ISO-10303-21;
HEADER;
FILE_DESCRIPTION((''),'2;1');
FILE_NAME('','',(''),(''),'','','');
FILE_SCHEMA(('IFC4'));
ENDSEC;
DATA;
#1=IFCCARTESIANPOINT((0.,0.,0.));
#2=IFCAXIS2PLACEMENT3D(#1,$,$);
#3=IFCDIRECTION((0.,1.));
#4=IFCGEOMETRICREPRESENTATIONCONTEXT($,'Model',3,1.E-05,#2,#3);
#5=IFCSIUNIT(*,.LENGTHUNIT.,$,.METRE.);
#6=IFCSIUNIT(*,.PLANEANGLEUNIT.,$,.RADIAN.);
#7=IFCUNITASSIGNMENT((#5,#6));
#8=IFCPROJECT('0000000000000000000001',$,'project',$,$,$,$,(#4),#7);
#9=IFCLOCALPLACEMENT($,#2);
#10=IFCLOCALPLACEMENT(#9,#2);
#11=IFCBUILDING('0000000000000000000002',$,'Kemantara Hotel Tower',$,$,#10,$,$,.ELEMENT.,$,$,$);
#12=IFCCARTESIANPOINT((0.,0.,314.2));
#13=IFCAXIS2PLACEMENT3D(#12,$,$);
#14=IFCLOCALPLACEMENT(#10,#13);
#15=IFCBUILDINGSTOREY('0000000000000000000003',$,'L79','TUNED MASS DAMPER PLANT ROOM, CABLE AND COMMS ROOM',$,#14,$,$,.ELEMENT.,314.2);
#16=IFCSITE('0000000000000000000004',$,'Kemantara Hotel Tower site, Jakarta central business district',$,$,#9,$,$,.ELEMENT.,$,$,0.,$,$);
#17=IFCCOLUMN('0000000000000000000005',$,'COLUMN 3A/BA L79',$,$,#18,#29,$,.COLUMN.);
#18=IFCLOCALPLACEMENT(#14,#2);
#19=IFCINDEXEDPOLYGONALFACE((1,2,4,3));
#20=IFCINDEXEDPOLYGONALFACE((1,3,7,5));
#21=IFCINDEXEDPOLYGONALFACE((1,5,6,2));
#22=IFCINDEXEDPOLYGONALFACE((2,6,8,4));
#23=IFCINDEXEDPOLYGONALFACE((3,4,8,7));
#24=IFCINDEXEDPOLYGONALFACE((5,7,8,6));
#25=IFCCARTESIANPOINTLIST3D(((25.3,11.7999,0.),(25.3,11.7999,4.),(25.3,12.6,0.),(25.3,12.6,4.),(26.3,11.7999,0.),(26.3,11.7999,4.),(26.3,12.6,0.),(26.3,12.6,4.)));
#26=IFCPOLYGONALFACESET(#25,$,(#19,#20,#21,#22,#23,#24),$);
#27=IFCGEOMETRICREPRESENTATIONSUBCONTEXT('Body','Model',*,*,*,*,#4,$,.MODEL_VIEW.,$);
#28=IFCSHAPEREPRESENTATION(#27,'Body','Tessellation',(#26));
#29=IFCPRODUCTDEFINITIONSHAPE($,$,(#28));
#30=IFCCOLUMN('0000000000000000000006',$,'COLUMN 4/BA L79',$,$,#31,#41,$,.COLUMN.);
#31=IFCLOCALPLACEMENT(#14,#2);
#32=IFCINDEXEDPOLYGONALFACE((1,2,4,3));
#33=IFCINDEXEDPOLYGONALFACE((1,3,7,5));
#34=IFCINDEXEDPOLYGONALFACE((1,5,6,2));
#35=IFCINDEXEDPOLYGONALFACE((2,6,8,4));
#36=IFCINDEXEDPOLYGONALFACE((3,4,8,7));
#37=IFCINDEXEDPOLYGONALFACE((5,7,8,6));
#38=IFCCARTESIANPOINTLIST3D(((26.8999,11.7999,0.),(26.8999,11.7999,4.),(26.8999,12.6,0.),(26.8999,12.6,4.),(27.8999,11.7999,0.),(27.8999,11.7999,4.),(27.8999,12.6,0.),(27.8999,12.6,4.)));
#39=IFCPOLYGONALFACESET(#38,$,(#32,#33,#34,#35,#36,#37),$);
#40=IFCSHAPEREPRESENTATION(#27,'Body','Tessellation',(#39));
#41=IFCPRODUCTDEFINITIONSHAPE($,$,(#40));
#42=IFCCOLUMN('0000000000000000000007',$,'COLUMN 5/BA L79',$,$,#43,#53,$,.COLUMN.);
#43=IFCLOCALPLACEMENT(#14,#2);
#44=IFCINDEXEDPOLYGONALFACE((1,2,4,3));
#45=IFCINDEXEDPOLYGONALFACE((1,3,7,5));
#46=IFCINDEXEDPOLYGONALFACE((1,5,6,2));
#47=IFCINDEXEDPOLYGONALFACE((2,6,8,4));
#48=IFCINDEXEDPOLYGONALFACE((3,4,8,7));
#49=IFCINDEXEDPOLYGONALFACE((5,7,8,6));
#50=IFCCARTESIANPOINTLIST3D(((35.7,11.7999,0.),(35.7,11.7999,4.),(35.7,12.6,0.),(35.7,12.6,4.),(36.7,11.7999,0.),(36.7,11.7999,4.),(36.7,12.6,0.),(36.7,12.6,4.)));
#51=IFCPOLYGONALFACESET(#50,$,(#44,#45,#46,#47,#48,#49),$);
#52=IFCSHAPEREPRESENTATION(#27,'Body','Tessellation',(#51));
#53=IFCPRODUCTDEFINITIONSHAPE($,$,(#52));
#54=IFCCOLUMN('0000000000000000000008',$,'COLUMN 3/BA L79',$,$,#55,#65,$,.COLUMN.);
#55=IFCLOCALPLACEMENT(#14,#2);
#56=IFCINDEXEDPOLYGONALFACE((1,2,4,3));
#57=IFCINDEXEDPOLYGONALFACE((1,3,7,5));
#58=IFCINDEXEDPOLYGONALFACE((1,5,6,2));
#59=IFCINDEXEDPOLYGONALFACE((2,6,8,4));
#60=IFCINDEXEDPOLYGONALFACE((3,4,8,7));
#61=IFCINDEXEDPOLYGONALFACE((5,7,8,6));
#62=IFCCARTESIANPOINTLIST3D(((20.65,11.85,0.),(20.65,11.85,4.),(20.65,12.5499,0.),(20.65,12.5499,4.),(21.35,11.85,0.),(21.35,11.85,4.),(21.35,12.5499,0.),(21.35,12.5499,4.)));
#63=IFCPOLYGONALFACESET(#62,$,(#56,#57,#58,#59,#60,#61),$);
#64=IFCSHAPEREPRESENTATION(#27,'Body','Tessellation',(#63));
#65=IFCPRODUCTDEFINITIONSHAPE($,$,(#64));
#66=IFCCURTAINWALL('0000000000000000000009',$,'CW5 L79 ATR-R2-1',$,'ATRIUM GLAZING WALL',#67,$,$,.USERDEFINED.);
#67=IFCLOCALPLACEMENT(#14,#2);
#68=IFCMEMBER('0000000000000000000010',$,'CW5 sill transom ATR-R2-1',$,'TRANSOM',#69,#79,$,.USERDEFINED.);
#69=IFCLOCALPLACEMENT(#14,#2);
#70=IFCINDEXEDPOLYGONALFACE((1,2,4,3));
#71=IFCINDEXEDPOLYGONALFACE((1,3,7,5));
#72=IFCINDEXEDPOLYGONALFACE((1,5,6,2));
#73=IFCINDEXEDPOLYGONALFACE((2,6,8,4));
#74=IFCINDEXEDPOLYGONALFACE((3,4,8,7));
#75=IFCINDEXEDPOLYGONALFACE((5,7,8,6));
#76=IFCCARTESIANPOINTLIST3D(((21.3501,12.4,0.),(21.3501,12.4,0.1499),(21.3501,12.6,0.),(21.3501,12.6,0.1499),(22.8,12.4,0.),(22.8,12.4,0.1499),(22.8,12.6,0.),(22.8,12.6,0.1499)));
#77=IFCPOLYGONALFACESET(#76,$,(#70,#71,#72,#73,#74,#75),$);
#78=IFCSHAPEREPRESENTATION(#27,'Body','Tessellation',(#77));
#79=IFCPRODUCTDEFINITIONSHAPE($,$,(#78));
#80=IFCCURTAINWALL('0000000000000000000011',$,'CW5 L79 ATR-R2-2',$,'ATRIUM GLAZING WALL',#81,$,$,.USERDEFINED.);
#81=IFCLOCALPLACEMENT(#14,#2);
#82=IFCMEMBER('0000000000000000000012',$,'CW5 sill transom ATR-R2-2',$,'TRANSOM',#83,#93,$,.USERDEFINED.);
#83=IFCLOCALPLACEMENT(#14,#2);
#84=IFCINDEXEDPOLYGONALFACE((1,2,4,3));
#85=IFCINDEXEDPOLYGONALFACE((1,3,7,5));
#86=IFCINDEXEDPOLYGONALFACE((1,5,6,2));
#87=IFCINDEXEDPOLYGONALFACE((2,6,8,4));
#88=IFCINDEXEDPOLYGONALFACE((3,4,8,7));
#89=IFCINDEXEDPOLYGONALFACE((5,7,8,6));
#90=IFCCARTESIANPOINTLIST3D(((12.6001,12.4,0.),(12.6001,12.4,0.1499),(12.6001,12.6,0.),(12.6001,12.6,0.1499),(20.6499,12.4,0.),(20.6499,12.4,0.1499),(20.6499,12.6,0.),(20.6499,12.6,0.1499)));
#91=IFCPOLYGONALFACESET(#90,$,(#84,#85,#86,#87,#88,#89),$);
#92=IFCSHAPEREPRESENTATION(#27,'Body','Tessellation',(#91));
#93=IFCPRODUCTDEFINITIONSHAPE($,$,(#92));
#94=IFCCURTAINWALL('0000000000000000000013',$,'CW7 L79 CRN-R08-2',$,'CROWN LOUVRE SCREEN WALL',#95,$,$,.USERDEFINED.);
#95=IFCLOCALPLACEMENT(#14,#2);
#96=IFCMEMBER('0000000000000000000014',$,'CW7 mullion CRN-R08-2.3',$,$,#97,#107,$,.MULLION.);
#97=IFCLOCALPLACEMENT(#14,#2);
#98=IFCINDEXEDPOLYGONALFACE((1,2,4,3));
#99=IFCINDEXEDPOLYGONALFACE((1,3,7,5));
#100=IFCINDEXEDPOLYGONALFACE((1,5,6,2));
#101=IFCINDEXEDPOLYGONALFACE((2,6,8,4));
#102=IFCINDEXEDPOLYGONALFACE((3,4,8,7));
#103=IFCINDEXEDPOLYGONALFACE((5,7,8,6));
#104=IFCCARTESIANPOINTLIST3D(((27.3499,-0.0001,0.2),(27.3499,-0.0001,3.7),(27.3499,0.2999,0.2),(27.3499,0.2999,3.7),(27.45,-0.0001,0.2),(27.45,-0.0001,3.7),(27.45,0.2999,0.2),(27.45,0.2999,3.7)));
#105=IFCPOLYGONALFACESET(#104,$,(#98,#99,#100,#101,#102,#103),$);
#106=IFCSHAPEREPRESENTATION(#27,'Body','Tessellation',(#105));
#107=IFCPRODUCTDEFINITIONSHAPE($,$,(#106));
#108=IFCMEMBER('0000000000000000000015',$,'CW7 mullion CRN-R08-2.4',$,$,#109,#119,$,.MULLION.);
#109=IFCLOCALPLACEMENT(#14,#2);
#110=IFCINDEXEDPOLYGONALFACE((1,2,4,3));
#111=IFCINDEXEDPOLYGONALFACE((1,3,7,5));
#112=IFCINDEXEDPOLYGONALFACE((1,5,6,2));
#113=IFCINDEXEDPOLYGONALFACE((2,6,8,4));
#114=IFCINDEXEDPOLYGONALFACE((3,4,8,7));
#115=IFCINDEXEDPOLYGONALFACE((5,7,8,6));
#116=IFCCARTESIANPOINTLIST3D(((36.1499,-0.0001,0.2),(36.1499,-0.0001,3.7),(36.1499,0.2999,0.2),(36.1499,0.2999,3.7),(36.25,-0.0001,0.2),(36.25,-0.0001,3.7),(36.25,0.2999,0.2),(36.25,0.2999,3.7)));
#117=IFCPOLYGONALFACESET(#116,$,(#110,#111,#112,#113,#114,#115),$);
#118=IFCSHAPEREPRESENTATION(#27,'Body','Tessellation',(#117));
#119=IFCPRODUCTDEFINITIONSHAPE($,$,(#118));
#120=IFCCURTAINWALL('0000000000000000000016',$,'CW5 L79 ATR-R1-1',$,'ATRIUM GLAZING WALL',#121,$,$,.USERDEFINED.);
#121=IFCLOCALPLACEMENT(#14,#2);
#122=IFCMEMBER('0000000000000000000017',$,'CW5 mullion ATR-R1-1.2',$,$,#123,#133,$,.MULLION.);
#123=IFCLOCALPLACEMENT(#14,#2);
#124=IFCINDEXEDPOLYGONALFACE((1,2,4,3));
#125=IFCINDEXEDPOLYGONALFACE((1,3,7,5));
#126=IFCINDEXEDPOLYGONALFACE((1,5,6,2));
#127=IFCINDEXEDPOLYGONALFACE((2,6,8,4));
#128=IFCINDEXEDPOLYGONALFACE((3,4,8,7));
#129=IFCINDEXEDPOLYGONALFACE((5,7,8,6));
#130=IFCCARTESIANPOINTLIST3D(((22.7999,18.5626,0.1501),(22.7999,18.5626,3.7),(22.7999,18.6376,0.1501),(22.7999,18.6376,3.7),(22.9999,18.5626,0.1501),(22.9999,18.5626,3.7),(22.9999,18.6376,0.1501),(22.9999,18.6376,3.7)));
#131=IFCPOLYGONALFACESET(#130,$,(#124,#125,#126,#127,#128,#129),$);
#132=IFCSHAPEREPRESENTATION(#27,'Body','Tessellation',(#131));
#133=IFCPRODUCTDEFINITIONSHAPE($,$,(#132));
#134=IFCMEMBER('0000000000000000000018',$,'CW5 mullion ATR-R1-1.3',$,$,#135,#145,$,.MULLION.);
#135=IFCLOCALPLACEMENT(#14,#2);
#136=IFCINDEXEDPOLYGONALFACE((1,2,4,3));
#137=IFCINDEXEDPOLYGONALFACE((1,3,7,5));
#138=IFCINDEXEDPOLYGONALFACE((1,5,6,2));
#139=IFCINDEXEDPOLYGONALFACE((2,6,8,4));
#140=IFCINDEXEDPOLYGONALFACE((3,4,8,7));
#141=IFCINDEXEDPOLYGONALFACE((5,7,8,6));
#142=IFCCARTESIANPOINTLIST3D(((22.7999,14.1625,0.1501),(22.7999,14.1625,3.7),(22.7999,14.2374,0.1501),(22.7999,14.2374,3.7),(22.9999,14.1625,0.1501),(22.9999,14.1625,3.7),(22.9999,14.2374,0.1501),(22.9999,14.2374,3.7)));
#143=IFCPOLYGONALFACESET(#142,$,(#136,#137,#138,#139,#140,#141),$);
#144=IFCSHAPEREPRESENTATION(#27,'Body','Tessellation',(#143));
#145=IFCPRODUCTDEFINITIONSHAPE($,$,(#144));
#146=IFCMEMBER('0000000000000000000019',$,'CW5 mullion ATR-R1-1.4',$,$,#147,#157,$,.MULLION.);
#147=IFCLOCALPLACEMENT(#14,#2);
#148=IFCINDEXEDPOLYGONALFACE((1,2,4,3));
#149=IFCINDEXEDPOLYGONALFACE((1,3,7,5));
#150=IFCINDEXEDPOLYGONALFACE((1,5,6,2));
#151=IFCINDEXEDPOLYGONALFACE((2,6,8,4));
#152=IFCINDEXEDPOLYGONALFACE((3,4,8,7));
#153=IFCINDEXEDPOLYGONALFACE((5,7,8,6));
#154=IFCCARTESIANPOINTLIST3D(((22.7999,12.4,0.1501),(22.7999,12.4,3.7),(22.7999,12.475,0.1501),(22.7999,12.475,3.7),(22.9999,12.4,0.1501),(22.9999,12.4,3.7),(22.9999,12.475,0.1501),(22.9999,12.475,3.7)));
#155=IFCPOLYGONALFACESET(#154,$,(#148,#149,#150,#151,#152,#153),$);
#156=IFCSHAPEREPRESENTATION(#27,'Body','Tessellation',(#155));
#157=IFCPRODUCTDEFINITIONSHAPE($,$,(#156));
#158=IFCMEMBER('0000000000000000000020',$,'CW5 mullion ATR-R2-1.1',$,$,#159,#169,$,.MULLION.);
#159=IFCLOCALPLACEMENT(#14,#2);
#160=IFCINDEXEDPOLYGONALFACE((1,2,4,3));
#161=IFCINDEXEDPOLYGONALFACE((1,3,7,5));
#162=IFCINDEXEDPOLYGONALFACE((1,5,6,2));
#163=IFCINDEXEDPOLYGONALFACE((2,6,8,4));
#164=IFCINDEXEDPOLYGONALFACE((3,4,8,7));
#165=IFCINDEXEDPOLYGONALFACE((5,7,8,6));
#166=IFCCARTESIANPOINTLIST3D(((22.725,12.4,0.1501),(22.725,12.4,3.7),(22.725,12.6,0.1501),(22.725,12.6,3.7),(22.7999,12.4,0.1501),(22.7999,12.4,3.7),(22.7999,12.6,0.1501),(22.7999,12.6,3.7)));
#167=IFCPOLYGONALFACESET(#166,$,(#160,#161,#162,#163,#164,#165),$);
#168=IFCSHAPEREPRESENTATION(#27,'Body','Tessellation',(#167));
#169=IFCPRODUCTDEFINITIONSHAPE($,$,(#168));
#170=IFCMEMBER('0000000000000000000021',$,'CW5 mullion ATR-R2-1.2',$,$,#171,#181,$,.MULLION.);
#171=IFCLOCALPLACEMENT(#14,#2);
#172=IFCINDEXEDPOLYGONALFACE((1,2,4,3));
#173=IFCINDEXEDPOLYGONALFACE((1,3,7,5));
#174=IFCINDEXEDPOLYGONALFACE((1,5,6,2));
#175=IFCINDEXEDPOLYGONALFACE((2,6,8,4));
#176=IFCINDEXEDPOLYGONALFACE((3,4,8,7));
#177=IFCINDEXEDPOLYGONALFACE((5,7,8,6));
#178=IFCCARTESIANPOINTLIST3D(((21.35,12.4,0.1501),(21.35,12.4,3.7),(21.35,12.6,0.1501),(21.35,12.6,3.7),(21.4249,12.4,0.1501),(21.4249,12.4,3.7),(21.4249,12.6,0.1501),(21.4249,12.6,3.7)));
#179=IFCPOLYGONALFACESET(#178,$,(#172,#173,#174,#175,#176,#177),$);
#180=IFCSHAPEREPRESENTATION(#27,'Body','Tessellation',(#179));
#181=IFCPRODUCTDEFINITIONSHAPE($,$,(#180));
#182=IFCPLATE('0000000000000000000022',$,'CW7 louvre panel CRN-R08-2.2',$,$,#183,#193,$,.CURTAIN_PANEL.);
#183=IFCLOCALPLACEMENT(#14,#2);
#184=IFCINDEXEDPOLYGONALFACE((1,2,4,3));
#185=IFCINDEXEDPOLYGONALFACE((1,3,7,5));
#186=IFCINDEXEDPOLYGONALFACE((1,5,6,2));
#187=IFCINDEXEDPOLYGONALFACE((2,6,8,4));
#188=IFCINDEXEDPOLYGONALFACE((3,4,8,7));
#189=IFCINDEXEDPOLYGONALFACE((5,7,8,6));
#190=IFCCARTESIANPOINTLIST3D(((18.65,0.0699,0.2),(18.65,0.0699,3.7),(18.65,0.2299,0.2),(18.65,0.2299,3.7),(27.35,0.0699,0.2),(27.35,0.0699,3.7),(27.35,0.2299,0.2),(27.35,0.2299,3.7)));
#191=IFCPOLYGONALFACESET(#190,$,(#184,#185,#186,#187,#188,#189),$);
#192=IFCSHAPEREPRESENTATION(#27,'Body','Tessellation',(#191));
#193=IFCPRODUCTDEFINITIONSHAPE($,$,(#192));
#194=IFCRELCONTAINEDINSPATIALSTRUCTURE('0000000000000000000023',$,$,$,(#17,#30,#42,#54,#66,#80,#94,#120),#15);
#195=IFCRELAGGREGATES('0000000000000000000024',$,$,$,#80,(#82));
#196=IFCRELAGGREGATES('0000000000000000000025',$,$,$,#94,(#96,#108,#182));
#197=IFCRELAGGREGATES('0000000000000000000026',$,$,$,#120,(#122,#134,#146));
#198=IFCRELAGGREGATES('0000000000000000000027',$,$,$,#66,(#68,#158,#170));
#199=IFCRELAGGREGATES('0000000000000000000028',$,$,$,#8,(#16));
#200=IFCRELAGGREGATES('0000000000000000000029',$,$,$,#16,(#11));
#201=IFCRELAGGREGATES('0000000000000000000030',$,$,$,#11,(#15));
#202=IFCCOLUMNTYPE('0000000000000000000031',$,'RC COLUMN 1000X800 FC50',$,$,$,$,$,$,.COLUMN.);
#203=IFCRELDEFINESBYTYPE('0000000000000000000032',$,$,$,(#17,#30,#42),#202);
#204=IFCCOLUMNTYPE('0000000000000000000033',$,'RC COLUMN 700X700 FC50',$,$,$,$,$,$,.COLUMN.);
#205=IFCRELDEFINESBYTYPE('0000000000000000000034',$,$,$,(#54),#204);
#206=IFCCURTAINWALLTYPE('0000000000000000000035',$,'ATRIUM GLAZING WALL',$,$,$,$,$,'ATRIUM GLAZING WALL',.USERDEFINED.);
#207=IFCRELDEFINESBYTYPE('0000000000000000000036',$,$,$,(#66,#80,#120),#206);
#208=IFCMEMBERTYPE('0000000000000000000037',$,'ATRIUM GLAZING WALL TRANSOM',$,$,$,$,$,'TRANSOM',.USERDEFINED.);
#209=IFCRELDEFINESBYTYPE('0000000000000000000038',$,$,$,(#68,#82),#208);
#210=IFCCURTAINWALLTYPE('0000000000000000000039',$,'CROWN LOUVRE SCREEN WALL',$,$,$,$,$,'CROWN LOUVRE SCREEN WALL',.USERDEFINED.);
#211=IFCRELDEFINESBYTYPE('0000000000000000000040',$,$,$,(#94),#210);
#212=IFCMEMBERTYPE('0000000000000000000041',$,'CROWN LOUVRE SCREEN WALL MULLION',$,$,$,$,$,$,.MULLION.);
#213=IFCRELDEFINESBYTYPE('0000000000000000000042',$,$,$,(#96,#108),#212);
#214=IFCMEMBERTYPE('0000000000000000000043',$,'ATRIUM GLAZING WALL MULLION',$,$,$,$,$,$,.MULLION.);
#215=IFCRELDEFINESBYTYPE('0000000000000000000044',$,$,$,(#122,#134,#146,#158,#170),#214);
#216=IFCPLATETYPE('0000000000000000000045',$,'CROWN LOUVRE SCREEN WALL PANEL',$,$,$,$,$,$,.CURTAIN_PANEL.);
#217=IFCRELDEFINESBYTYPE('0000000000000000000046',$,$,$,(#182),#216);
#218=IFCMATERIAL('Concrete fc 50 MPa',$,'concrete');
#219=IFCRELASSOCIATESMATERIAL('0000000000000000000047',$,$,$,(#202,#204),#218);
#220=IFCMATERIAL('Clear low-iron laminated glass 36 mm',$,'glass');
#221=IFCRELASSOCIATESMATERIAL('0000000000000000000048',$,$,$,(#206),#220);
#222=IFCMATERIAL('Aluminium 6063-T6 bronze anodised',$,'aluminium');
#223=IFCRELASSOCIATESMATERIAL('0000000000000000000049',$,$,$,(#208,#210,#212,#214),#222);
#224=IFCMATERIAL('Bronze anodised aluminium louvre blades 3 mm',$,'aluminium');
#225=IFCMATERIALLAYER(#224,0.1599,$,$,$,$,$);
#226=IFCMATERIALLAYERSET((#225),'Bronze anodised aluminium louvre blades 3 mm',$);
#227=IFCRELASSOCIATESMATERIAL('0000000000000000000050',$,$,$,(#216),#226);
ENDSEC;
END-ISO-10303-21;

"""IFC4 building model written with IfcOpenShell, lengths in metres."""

from ifc_helpers import new_model, si_unit, direction, frame, origin, origin_2d, place, context, subcontext, project, spatial, rectangle, extrude, source, transform, mapped, material, layer, layer_set, material_profile, profile_set, type_object, element, aggregate, save


model = new_model("IFC4")

# Units and contexts
model_context = context("Model", 3, precision=1e-05, world=origin(), true_north=direction((0.0, 1.0)))
body_context = subcontext(model_context, "Body", "Model", "MODEL_VIEW")
ifc_project = project(units=[si_unit("LENGTHUNIT", "METRE"), si_unit("PLANEANGLEUNIT", "RADIAN")], contexts=[model_context])

# Site, building, storey
site_placement = place(None, origin())
site = spatial("IfcSite", under=ifc_project, at=site_placement, Name="Kemantara Hotel Tower site, Jakarta central business district", CompositionType="ELEMENT", RefElevation=0.0)
building_placement = place(site_placement, origin())
building = spatial("IfcBuilding", under=site, at=building_placement, Name="Kemantara Hotel Tower", CompositionType="ELEMENT")
storey_placement = place(building_placement, frame((0.0, 0.0, 314.2)))
storey = spatial("IfcBuildingStorey", under=building, at=storey_placement, Name="L79", Description="TUNED MASS DAMPER PLANT ROOM, CABLE AND COMMS ROOM", CompositionType="ELEMENT", Elevation=314.2)

# Columns
ifc_material_1 = material(Name="Concrete fc 50 MPa", Category="concrete")
ifc_material_profile_1 = material_profile(ifc_material_1, rectangle(XDim=1.0, YDim=0.8, at=origin_2d()), Name="RC 1000X800")
ifc_profile_set_1 = profile_set([ifc_material_profile_1], Name="Concrete fc 50 MPa")
column_type_1 = type_object("IfcColumnType", Name="RC COLUMN 1000X800 FC50", PredefinedType="COLUMN", material=ifc_profile_set_1)
for number, where, z_axis, x_axis, name in (
    (1, (25.8, 12.2, 0.0), (0.0, 0.0, 1.0), (1.0, 0.0, 0.0), "COLUMN 3A/BA L79"),
    (2, (27.3999, 12.2, 0.0), (0.0, 0.0, 1.0), (1.0, 0.0, 0.0), "COLUMN 4/BA L79"),
    (3, (36.2, 12.2, 0.0), (0.0, 0.0, 1.0), (1.0, 0.0, 0.0), "COLUMN 5/BA L79"),
):
    element("IfcColumn", number, at=place(storey_placement, frame(where, z_axis=z_axis, x_axis=x_axis)), inside=storey, type_object=column_type_1, Name=name, PredefinedType="COLUMN", context=body_context, shape_type="SweptSolid", body=[
        extrude(rectangle(XDim=1.0, YDim=0.8, at=origin_2d()), origin(), (0.0, 0.0, 1.0), 4.0),
    ])
ifc_material_profile_2 = material_profile(ifc_material_1, rectangle(XDim=0.7, YDim=0.7, at=origin_2d()), Name="RC 700X700")
ifc_profile_set_2 = profile_set([ifc_material_profile_2], Name="Concrete fc 50 MPa")
column_type_2 = type_object("IfcColumnType", Name="RC COLUMN 700X700 FC50", PredefinedType="COLUMN", material=ifc_profile_set_2)
column_placement = place(storey_placement, frame((21.0, 12.2, 0.0), z_axis=(0.0, 0.0, 1.0), x_axis=(1.0, 0.0, 0.0)))
element("IfcColumn", 4, at=column_placement, inside=storey, type_object=column_type_2, Name="COLUMN 3/BA L79", PredefinedType="COLUMN", context=body_context, shape_type="SweptSolid", body=[
    extrude(rectangle(XDim=0.7, YDim=0.7, at=origin_2d()), origin(), (0.0, 0.0, 1.0), 4.0),
])

# Curtain walls, members
ifc_material_2 = material(Name="Clear low-iron laminated glass 36 mm", Category="glass")
curtain_wall_type_1 = type_object("IfcCurtainWallType", Name="ATRIUM GLAZING WALL", ElementType="ATRIUM GLAZING WALL", PredefinedType="USERDEFINED", material=ifc_material_2)
curtain_wall_1_placement = place(storey_placement, origin())
curtain_wall_1 = element("IfcCurtainWall", 5, at=curtain_wall_1_placement, inside=storey, type_object=curtain_wall_type_1, Name="CW5 L79 ATR-R2-1", ObjectType="ATRIUM GLAZING WALL", PredefinedType="USERDEFINED")
ifc_material_3 = material(Name="Aluminium 6063-T6 bronze anodised", Category="aluminium")
ifc_material_profile_3 = material_profile(ifc_material_3, rectangle(XDim=0.2, YDim=0.1499, at=origin_2d()), Name="ATRIUM GLAZING WALL TRANSOM")
ifc_profile_set_3 = profile_set([ifc_material_profile_3], Name="Aluminium 6063-T6 bronze anodised")
member_type_1 = type_object("IfcMemberType", Name="ATRIUM GLAZING WALL TRANSOM", ElementType="TRANSOM", PredefinedType="USERDEFINED", material=ifc_profile_set_3)
member_1_placement = place(storey_placement, frame((22.8, 12.5, 0.075), z_axis=(-1.0, 0.0, 0.0), x_axis=(0.0, -1.0, 0.0)))
member_1 = element("IfcMember", 6, at=member_1_placement, type_object=member_type_1, Name="CW5 sill transom ATR-R2-1", ObjectType="TRANSOM", PredefinedType="USERDEFINED", context=body_context, shape_type="SweptSolid", body=[
    extrude(rectangle(XDim=0.2, YDim=0.1499, at=origin_2d()), origin(), (0.0, 0.0, 1.0), 1.45),
])
curtain_wall_2_placement = place(storey_placement, origin())
curtain_wall_2 = element("IfcCurtainWall", 7, at=curtain_wall_2_placement, inside=storey, type_object=curtain_wall_type_1, Name="CW5 L79 ATR-R2-2", ObjectType="ATRIUM GLAZING WALL", PredefinedType="USERDEFINED")
member_2_placement = place(storey_placement, frame((20.6499, 12.5, 0.075), z_axis=(-1.0, 0.0, 0.0), x_axis=(0.0, -1.0, 0.0)))
member_2 = element("IfcMember", 8, at=member_2_placement, type_object=member_type_1, Name="CW5 sill transom ATR-R2-2", ObjectType="TRANSOM", PredefinedType="USERDEFINED", context=body_context, shape_type="SweptSolid", body=[
    extrude(rectangle(XDim=0.2, YDim=0.1499, at=origin_2d()), origin(), (0.0, 0.0, 1.0), 8.0498),
])
aggregate(curtain_wall_2, [member_2])

# Curtain walls, members
curtain_wall_type_2 = type_object("IfcCurtainWallType", Name="CROWN LOUVRE SCREEN WALL", ElementType="CROWN LOUVRE SCREEN WALL", PredefinedType="USERDEFINED", material=ifc_material_3)
curtain_wall_3_placement = place(storey_placement, origin())
curtain_wall_3 = element("IfcCurtainWall", 9, at=curtain_wall_3_placement, inside=storey, type_object=curtain_wall_type_2, Name="CW7 L79 CRN-R08-2", ObjectType="CROWN LOUVRE SCREEN WALL", PredefinedType="USERDEFINED")
ifc_material_profile_4 = material_profile(ifc_material_3, rectangle(XDim=0.3, YDim=0.1001, at=origin_2d()), Name="CROWN LOUVRE SCREEN WALL MULLION")
ifc_profile_set_4 = profile_set([ifc_material_profile_4], Name="Aluminium 6063-T6 bronze anodised")
member_type_2 = type_object("IfcMemberType", Name="CROWN LOUVRE SCREEN WALL MULLION", PredefinedType="MULLION", material=ifc_profile_set_4)
shared_shape_1 = source(origin(), body_context, "Body", "SweptSolid", [
    extrude(rectangle(XDim=0.3, YDim=0.1001, at=origin_2d()), origin(), (0.0, 0.0, 1.0), 3.5),
])
member_3_placement = place(storey_placement, frame((27.3999, 0.1499, 0.2), z_axis=(0.0, 0.0, 1.0), x_axis=(0.0, 1.0, 0.0)))
member_3 = element("IfcMember", 10, at=member_3_placement, type_object=member_type_2, Name="CW7 mullion CRN-R08-2.3", PredefinedType="MULLION", context=body_context, shape_type="MappedRepresentation", body=[
    mapped(shared_shape_1, transform((0.0, 0.0, 0.0))),
])
member_4_placement = place(storey_placement, frame((36.2, 0.1499, 0.2), z_axis=(0.0, 0.0, 1.0), x_axis=(0.0, 1.0, 0.0)))
member_4 = element("IfcMember", 11, at=member_4_placement, type_object=member_type_2, Name="CW7 mullion CRN-R08-2.4", PredefinedType="MULLION", context=body_context, shape_type="MappedRepresentation", body=[
    mapped(shared_shape_1, transform((0.0, 0.0, 0.0))),
])
curtain_wall_4_placement = place(storey_placement, origin())
curtain_wall_4 = element("IfcCurtainWall", 12, at=curtain_wall_4_placement, inside=storey, type_object=curtain_wall_type_1, Name="CW5 L79 ATR-R1-1", ObjectType="ATRIUM GLAZING WALL", PredefinedType="USERDEFINED")
ifc_material_profile_5 = material_profile(ifc_material_3, rectangle(XDim=0.2, YDim=0.075, at=origin_2d()), Name="ATRIUM GLAZING WALL MULLION")
ifc_profile_set_5 = profile_set([ifc_material_profile_5], Name="Aluminium 6063-T6 bronze anodised")
member_type_3 = type_object("IfcMemberType", Name="ATRIUM GLAZING WALL MULLION", PredefinedType="MULLION", material=ifc_profile_set_5)
shared_shape_2 = source(origin(), body_context, "Body", "SweptSolid", [
    extrude(rectangle(XDim=0.2, YDim=0.075, at=origin_2d()), origin(), (0.0, 0.0, 1.0), 3.5498),
])
member_5_placement = place(storey_placement, frame((22.8999, 18.6001, 0.1501), z_axis=(0.0, 0.0, 1.0), x_axis=(1.0, 0.0, 0.0)))
member_5 = element("IfcMember", 13, at=member_5_placement, type_object=member_type_3, Name="CW5 mullion ATR-R1-1.2", PredefinedType="MULLION", context=body_context, shape_type="MappedRepresentation", body=[
    mapped(shared_shape_2, transform((0.0, 0.0, 0.0))),
])
member_6_placement = place(storey_placement, frame((22.8999, 14.2, 0.1501), z_axis=(0.0, 0.0, 1.0), x_axis=(1.0, 0.0, 0.0)))
member_6 = element("IfcMember", 14, at=member_6_placement, type_object=member_type_3, Name="CW5 mullion ATR-R1-1.3", PredefinedType="MULLION", context=body_context, shape_type="MappedRepresentation", body=[
    mapped(shared_shape_2, transform((0.0, 0.0, 0.0))),
])
member_7_placement = place(storey_placement, frame((22.8999, 12.4375, 0.1501), z_axis=(0.0, 0.0, 1.0), x_axis=(1.0, 0.0, 0.0)))
member_7 = element("IfcMember", 15, at=member_7_placement, type_object=member_type_3, Name="CW5 mullion ATR-R1-1.4", PredefinedType="MULLION", context=body_context, shape_type="MappedRepresentation", body=[
    mapped(shared_shape_2, transform((0.0, 0.0, 0.0))),
])

# Members
member_8_placement = place(storey_placement, frame((22.7625, 12.5, 0.1501), z_axis=(0.0, 0.0, 1.0), x_axis=(0.0, -1.0, 0.0)))
member_8 = element("IfcMember", 16, at=member_8_placement, type_object=member_type_3, Name="CW5 mullion ATR-R2-1.1", PredefinedType="MULLION", context=body_context, shape_type="MappedRepresentation", body=[
    mapped(shared_shape_2, transform((0.0, 0.0, 0.0))),
])
member_9_placement = place(storey_placement, frame((21.3875, 12.5, 0.1501), z_axis=(0.0, 0.0, 1.0), x_axis=(0.0, -1.0, 0.0)))
member_9 = element("IfcMember", 17, at=member_9_placement, type_object=member_type_3, Name="CW5 mullion ATR-R2-1.2", PredefinedType="MULLION", context=body_context, shape_type="MappedRepresentation", body=[
    mapped(shared_shape_2, transform((0.0, 0.0, 0.0))),
])

# Plate
ifc_material_4 = material(Name="Bronze anodised aluminium louvre blades 3 mm", Category="aluminium")
ifc_layer_1 = layer(ifc_material_4, 0.1599)
ifc_layer_set_1 = layer_set([ifc_layer_1], Name="Bronze anodised aluminium louvre blades 3 mm")
plate_type_1 = type_object("IfcPlateType", Name="CROWN LOUVRE SCREEN WALL PANEL", PredefinedType="CURTAIN_PANEL", material=ifc_layer_set_1)
shared_shape_3 = source(origin(), body_context, "Body", "SweptSolid", [
    extrude(rectangle(XDim=8.7, YDim=0.1599, at=origin_2d()), origin(), (0.0, 0.0, 1.0), 3.5),
])
plate_1_placement = place(storey_placement, frame((23.0, 0.1499, 0.2), z_axis=(0.0, 0.0, 1.0), x_axis=(1.0, 0.0, 0.0)))
plate_1 = element("IfcPlate", 18, at=plate_1_placement, type_object=plate_type_1, Name="CW7 louvre panel CRN-R08-2.2", PredefinedType="CURTAIN_PANEL", context=body_context, shape_type="MappedRepresentation", body=[
    mapped(shared_shape_3, transform((0.0, 0.0, 0.0))),
])
aggregate(curtain_wall_3, [member_3, member_4, plate_1])
aggregate(curtain_wall_4, [member_5, member_6, member_7])
aggregate(curtain_wall_1, [member_1, member_8, member_9])

save(model, "model.ifc")
